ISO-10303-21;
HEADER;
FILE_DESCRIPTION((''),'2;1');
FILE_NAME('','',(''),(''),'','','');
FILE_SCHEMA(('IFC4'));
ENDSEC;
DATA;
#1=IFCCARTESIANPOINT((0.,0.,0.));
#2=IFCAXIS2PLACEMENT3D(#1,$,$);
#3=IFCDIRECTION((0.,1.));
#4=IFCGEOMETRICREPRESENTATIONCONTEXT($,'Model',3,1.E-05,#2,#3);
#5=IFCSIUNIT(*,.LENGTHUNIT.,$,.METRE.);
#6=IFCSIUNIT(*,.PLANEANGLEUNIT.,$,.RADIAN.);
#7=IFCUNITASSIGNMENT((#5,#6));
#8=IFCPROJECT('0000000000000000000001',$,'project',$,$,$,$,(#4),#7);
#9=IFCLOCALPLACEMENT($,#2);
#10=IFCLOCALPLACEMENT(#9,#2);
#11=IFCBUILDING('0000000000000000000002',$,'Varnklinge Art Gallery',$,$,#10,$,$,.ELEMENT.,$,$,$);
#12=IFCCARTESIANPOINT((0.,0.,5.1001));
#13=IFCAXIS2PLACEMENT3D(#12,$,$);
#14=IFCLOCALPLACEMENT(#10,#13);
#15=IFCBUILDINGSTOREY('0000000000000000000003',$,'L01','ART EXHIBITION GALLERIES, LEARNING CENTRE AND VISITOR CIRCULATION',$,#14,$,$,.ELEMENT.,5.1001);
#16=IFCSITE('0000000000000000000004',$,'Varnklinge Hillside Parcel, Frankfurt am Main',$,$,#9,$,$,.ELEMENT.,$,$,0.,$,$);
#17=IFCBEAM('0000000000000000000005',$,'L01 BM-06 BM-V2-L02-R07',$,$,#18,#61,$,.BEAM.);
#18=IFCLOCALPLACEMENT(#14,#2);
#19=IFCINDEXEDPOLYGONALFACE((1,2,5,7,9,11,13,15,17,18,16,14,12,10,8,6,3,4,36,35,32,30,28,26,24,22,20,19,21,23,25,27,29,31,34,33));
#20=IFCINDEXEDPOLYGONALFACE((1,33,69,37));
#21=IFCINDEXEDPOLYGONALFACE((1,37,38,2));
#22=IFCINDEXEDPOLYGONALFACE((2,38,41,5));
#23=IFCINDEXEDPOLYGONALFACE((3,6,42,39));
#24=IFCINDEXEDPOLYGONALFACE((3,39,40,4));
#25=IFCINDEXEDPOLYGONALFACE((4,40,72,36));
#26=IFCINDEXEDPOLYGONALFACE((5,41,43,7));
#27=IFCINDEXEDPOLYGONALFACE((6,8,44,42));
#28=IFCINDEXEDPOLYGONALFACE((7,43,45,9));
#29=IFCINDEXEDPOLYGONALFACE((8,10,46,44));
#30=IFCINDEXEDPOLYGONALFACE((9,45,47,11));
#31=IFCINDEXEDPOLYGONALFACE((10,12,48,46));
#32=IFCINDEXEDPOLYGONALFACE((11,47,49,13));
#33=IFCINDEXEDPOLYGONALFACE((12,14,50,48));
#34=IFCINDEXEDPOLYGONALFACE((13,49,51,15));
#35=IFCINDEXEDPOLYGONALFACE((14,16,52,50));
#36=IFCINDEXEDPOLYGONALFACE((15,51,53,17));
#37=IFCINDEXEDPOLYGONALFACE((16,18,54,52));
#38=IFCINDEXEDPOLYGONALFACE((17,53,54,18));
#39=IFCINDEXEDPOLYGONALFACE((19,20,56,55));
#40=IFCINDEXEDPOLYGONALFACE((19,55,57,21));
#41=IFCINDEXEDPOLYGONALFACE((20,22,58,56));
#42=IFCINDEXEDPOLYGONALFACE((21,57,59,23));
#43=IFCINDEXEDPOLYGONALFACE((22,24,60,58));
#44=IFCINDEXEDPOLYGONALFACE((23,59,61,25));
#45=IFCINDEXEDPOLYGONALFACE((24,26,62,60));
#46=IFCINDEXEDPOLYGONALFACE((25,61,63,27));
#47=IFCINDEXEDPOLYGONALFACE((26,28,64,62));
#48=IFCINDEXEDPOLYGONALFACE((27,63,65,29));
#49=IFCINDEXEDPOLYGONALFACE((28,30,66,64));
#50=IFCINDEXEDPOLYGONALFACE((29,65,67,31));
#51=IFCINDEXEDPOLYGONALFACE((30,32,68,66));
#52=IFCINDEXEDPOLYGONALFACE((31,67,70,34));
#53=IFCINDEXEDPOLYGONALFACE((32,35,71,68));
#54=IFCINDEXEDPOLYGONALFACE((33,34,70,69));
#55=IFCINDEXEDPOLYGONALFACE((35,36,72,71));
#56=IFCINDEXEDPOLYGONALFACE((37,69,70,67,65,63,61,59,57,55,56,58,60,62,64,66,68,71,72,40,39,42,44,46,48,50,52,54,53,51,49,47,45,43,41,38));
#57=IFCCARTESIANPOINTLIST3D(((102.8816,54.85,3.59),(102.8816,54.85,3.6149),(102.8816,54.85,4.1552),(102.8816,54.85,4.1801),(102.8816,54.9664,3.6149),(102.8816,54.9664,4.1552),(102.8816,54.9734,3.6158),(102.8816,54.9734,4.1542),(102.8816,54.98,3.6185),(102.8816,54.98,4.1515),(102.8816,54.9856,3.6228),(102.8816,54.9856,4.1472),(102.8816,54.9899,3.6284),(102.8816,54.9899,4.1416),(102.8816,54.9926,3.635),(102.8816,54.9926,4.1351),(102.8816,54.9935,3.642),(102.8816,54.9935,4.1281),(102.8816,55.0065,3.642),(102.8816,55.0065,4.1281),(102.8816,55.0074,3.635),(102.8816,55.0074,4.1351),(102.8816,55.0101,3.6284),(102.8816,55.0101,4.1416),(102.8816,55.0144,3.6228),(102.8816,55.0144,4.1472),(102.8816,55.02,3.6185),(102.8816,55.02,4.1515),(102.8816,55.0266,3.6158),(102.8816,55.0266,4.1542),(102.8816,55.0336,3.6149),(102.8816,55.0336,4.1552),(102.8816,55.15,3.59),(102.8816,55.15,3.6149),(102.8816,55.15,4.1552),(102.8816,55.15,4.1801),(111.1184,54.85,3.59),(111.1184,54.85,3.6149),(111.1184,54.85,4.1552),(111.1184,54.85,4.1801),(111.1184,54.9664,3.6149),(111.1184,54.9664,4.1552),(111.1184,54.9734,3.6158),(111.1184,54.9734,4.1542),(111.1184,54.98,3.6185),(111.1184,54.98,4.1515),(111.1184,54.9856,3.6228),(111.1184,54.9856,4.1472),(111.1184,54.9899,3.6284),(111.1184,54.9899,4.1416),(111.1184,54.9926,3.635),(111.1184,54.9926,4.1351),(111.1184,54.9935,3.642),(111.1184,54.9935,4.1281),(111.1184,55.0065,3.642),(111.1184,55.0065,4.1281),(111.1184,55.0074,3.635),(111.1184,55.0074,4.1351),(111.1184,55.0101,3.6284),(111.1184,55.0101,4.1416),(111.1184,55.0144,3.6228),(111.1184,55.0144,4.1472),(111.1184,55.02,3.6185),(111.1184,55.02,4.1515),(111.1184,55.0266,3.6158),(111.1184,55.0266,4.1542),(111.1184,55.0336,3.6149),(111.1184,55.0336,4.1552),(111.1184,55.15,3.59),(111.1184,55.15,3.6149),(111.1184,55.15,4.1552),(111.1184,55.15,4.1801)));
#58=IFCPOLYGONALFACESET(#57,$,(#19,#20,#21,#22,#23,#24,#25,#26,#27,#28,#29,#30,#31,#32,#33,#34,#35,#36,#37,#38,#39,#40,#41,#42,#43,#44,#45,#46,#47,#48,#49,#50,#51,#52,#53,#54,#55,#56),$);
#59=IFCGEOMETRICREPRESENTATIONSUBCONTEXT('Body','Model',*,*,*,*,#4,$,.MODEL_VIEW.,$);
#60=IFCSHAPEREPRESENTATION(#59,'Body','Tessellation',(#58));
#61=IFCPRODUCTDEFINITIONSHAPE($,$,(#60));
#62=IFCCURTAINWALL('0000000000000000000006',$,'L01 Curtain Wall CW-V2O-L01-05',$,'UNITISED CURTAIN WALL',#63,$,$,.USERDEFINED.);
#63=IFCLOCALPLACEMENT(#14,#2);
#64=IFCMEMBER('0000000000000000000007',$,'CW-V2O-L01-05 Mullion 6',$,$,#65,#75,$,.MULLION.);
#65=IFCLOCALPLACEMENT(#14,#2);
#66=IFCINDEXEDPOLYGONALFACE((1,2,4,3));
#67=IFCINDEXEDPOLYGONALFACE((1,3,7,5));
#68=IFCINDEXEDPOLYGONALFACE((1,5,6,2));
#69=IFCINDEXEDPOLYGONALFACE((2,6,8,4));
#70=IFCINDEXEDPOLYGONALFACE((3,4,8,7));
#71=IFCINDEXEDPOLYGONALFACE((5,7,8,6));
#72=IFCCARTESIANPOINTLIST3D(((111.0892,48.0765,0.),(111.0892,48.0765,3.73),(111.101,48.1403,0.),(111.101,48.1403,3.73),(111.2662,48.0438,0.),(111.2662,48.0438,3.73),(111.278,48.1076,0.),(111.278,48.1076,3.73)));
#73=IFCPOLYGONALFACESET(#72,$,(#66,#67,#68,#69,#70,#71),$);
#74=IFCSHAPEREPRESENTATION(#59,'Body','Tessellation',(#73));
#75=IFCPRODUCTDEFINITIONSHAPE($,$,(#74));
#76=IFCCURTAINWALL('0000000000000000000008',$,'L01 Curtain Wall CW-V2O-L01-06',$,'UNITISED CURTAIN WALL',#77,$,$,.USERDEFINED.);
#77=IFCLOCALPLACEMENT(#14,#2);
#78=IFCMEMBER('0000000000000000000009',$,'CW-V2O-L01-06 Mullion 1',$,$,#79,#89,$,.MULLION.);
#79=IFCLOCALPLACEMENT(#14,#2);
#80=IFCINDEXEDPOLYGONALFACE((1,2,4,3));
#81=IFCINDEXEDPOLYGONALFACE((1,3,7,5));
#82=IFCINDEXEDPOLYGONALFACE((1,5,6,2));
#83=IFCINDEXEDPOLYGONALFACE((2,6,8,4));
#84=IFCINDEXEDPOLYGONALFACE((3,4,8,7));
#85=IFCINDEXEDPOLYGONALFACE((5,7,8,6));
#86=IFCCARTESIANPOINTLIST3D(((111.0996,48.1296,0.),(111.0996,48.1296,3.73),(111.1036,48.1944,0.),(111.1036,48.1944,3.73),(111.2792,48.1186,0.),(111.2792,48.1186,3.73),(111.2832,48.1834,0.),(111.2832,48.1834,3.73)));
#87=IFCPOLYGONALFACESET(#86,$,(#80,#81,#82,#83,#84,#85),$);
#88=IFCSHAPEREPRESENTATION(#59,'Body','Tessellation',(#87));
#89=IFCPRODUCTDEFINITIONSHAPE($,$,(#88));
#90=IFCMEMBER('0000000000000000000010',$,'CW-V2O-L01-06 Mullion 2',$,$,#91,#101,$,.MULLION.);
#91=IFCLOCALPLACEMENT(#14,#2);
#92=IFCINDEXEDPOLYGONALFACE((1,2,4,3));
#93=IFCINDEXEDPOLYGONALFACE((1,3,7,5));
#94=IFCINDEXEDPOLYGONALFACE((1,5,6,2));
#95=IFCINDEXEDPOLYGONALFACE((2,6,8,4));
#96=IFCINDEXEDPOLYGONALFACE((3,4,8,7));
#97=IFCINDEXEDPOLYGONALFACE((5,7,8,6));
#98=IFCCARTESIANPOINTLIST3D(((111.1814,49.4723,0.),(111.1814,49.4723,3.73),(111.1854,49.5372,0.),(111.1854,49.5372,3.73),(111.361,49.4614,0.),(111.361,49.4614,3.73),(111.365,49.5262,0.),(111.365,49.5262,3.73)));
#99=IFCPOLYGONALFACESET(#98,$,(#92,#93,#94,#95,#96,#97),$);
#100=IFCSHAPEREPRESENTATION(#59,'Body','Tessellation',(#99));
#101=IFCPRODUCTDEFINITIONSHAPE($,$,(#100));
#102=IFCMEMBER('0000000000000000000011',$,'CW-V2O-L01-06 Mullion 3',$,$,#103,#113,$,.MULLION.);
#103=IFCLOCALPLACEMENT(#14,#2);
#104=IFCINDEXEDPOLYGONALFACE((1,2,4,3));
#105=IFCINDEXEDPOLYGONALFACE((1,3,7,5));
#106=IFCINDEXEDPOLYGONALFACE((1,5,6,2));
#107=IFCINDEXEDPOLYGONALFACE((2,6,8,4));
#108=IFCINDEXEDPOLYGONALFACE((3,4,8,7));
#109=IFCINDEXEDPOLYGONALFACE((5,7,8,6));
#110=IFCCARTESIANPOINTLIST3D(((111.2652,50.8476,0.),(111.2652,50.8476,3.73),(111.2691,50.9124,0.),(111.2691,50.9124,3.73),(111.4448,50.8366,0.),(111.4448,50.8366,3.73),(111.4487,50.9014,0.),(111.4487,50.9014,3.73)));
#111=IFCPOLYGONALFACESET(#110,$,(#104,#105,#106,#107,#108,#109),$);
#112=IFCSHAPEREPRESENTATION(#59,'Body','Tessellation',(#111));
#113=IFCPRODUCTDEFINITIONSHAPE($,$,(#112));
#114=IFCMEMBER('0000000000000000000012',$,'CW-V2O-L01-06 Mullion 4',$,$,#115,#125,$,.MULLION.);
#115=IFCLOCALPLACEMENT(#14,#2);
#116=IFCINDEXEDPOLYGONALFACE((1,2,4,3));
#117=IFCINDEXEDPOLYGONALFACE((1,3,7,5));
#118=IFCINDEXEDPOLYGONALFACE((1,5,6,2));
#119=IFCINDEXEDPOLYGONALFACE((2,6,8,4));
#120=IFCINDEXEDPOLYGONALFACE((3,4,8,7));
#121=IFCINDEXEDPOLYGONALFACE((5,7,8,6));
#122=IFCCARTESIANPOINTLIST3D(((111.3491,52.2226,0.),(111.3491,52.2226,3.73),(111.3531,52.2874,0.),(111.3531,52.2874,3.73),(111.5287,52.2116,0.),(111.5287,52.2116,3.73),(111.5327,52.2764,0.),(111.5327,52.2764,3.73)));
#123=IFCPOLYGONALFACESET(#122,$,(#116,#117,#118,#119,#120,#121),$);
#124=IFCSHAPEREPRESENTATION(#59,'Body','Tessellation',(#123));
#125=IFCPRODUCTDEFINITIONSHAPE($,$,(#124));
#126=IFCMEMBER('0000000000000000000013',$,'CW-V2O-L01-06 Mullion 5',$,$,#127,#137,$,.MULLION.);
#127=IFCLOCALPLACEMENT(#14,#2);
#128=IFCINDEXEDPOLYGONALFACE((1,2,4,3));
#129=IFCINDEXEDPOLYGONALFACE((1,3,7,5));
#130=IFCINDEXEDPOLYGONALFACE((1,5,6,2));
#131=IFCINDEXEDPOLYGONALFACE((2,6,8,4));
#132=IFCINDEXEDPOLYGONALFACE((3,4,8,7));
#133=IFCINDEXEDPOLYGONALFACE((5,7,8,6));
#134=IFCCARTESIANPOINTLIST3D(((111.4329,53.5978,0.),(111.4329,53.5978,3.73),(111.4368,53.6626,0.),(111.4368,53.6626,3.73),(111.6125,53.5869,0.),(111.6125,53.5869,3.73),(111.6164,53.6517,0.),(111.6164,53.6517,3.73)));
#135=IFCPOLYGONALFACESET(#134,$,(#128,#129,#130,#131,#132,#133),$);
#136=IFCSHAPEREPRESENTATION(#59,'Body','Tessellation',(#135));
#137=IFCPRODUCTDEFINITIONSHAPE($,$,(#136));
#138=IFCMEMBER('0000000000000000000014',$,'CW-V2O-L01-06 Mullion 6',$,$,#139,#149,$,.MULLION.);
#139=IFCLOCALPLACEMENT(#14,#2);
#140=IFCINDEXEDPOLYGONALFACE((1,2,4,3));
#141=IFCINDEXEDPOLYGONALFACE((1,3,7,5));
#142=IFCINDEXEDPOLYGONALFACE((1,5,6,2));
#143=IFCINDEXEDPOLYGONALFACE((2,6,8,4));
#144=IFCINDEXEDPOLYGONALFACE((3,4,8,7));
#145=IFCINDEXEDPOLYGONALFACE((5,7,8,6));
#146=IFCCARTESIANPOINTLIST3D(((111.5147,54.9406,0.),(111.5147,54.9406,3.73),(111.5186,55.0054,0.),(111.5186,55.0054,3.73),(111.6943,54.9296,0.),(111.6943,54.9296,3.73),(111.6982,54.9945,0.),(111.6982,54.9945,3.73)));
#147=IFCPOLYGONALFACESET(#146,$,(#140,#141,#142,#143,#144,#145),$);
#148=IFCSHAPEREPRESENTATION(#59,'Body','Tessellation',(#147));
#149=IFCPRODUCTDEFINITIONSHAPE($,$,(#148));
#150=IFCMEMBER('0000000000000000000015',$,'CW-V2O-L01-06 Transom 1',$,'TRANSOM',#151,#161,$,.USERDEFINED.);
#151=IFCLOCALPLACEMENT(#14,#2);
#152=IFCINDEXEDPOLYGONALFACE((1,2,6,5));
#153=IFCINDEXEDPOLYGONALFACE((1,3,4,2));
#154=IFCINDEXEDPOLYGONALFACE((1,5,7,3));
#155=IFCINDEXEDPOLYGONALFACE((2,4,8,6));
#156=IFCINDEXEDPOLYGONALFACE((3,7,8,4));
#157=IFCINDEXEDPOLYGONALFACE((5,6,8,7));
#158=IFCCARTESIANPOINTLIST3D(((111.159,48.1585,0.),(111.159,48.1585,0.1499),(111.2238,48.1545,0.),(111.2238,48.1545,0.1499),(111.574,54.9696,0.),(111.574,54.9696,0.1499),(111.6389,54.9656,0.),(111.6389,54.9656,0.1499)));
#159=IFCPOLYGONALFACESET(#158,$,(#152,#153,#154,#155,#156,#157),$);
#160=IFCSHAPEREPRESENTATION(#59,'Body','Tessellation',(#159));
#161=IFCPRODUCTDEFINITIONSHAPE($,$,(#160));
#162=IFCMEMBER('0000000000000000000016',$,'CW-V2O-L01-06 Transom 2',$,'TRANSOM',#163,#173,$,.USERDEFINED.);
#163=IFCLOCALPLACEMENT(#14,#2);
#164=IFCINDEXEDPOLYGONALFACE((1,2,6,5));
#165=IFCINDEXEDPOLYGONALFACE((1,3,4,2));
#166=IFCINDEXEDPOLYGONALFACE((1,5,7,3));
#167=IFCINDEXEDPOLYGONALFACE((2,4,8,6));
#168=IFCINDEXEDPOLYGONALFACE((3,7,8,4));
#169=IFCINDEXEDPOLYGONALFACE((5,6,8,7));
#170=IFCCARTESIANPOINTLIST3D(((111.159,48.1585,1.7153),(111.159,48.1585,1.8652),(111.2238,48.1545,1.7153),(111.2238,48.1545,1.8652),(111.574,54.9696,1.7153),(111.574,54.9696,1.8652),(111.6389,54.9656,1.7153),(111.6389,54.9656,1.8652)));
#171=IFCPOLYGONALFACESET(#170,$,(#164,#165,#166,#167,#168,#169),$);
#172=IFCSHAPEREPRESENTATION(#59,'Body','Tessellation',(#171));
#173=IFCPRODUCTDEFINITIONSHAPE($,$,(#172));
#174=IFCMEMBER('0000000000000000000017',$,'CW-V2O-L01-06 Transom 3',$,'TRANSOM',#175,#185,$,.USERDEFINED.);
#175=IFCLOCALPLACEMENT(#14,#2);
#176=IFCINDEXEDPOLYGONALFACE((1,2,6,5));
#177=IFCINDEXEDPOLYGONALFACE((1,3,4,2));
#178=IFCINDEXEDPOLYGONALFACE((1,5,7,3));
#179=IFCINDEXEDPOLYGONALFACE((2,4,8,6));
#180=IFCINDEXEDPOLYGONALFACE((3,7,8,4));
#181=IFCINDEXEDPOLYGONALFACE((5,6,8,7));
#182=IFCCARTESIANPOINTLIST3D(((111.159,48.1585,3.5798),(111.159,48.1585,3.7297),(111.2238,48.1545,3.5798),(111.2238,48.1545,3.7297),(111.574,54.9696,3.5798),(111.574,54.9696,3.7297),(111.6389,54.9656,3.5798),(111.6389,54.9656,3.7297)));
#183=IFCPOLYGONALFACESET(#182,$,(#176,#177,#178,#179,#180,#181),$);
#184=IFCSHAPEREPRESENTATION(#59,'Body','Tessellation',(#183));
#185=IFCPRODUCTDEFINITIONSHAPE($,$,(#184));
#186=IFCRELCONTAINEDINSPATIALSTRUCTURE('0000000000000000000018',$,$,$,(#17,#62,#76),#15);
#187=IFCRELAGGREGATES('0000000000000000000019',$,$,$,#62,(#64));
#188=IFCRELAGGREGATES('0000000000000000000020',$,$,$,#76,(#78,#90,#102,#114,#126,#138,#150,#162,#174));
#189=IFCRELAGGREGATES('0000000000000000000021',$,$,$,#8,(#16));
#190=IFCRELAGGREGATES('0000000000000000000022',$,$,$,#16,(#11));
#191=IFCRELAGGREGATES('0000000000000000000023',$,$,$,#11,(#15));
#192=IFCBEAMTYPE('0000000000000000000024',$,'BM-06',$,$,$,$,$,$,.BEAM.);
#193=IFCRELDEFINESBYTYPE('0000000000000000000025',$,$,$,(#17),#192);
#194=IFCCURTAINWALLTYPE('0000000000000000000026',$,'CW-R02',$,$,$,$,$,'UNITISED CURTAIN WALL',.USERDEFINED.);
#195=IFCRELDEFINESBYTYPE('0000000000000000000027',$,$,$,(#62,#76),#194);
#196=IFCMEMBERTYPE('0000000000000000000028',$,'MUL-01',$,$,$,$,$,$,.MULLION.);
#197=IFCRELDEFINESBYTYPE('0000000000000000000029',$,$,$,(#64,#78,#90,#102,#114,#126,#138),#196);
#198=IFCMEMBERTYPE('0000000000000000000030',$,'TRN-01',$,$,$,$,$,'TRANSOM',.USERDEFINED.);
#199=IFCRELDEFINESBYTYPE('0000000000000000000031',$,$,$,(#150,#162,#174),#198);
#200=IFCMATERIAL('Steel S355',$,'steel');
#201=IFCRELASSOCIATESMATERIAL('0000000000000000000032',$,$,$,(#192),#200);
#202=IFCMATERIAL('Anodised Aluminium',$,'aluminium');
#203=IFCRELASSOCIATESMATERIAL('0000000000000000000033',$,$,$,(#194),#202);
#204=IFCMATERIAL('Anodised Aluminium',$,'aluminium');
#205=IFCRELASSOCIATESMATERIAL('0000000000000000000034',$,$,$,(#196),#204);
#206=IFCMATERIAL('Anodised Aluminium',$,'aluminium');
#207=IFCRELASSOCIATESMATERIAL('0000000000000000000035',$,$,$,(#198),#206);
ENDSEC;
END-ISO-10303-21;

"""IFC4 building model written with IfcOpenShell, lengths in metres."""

from ifc_helpers import new_model, si_unit, direction, frame, origin, origin_2d, place, context, subcontext, project, spatial, rectangle, i_section, extrude, material, material_profile, profile_set, type_object, element, aggregate, save


model = new_model("IFC4")

# Units and contexts
model_context = context("Model", 3, precision=1e-05, world=origin(), true_north=direction((0.0, 1.0)))
body_context = subcontext(model_context, "Body", "Model", "MODEL_VIEW")
ifc_project = project(units=[si_unit("LENGTHUNIT", "METRE"), si_unit("PLANEANGLEUNIT", "RADIAN")], contexts=[model_context])

# Site, building, storey
site_placement = place(None, origin())
site = spatial("IfcSite", under=ifc_project, at=site_placement, Name="Varnklinge Hillside Parcel, Frankfurt am Main", CompositionType="ELEMENT", RefElevation=0.0)
building_placement = place(site_placement, origin())
building = spatial("IfcBuilding", under=site, at=building_placement, Name="Varnklinge Art Gallery", CompositionType="ELEMENT")
storey_placement = place(building_placement, frame((0.0, 0.0, 5.1001)))
storey = spatial("IfcBuildingStorey", under=building, at=storey_placement, Name="L01", Description="ART EXHIBITION GALLERIES, LEARNING CENTRE AND VISITOR CIRCULATION", CompositionType="ELEMENT", Elevation=5.1001)

# Beam
ifc_material_1 = material(Name="Steel S355", Category="steel")
ifc_material_profile_1 = material_profile(ifc_material_1, i_section(OverallWidth=0.3, OverallDepth=0.5901, WebThickness=0.0129, FlangeThickness=0.0249, FilletRadius=0.0271, at=origin_2d()), Name="HEA 600")
ifc_profile_set_1 = profile_set([ifc_material_profile_1], Name="Steel S355")
beam_type = type_object("IfcBeamType", Name="BM-06", PredefinedType="BEAM", material=ifc_profile_set_1)
beam_placement = place(storey_placement, frame((111.1184, 55.0, 3.885), z_axis=(-1.0, 0.0, 0.0), x_axis=(0.0, -1.0, 0.0)))
element("IfcBeam", 1, at=beam_placement, inside=storey, type_object=beam_type, Name="L01 BM-06 BM-V2-L02-R07", PredefinedType="BEAM", context=body_context, shape_type="SweptSolid", body=[
    extrude(i_section(OverallWidth=0.3, OverallDepth=0.5901, WebThickness=0.0129, FlangeThickness=0.0249, FilletRadius=0.0271, at=origin_2d()), origin(), (0.0, 0.0, 1.0), 8.2368),
])

# Curtain wall, member
ifc_material_2 = material(Name="Anodised Aluminium", Category="aluminium")
curtain_wall_type = type_object("IfcCurtainWallType", Name="CW-R02", ElementType="UNITISED CURTAIN WALL", PredefinedType="USERDEFINED", material=ifc_material_2)
curtain_wall_1_placement = place(storey_placement, origin())
curtain_wall_1 = element("IfcCurtainWall", 2, at=curtain_wall_1_placement, inside=storey, type_object=curtain_wall_type, Name="L01 Curtain Wall CW-V2O-L01-05", ObjectType="UNITISED CURTAIN WALL", PredefinedType="USERDEFINED")
ifc_material_3 = material(Name="Anodised Aluminium", Category="aluminium")
ifc_material_profile_2 = material_profile(ifc_material_3, rectangle(XDim=0.0649, YDim=0.1799, at=origin_2d()), Name="ALU 65x180")
ifc_profile_set_2 = profile_set([ifc_material_profile_2], Name="Anodised Aluminium")
member_type_1 = type_object("IfcMemberType", Name="MUL-01", PredefinedType="MULLION", material=ifc_profile_set_2)
member_1_placement = place(storey_placement, frame((111.1836, 48.092, 0.0), z_axis=(0.0, 0.0, 1.0), x_axis=(0.181721, 0.98335, 0.0)))
member_1 = element("IfcMember", 3, at=member_1_placement, type_object=member_type_1, Name="CW-V2O-L01-05 Mullion 6", PredefinedType="MULLION", context=body_context, shape_type="SweptSolid", body=[
    extrude(rectangle(XDim=0.0649, YDim=0.1799, at=origin_2d()), origin(), (0.0, 0.0, 1.0), 3.73),
])

# Curtain wall, members
curtain_wall_2_placement = place(storey_placement, origin())
curtain_wall_2 = element("IfcCurtainWall", 4, at=curtain_wall_2_placement, inside=storey, type_object=curtain_wall_type, Name="L01 Curtain Wall CW-V2O-L01-06", ObjectType="UNITISED CURTAIN WALL", PredefinedType="USERDEFINED")
member_2_placement = place(storey_placement, frame((111.1914, 48.1565, 0.0), z_axis=(0.0, 0.0, 1.0), x_axis=(0.060874, 0.998145, 0.0)))
member_2 = element("IfcMember", 5, at=member_2_placement, type_object=member_type_1, Name="CW-V2O-L01-06 Mullion 1", PredefinedType="MULLION", context=body_context, shape_type="SweptSolid", body=[
    extrude(rectangle(XDim=0.0649, YDim=0.1799, at=origin_2d()), origin(), (0.0, 0.0, 1.0), 3.73),
])
member_3_placement = place(storey_placement, frame((111.2732, 49.4993, 0.0), z_axis=(0.0, 0.0, 1.0), x_axis=(0.060874, 0.998145, 0.0)))
member_3 = element("IfcMember", 6, at=member_3_placement, type_object=member_type_1, Name="CW-V2O-L01-06 Mullion 2", PredefinedType="MULLION", context=body_context, shape_type="SweptSolid", body=[
    extrude(rectangle(XDim=0.0649, YDim=0.1799, at=origin_2d()), origin(), (0.0, 0.0, 1.0), 3.73),
])
member_4_placement = place(storey_placement, frame((111.3569, 50.8745, 0.0), z_axis=(0.0, 0.0, 1.0), x_axis=(0.060874, 0.998145, 0.0)))
member_4 = element("IfcMember", 7, at=member_4_placement, type_object=member_type_1, Name="CW-V2O-L01-06 Mullion 3", PredefinedType="MULLION", context=body_context, shape_type="SweptSolid", body=[
    extrude(rectangle(XDim=0.0649, YDim=0.1799, at=origin_2d()), origin(), (0.0, 0.0, 1.0), 3.73),
])
member_5_placement = place(storey_placement, frame((111.4409, 52.2495, 0.0), z_axis=(0.0, 0.0, 1.0), x_axis=(0.060874, 0.998145, 0.0)))
member_5 = element("IfcMember", 8, at=member_5_placement, type_object=member_type_1, Name="CW-V2O-L01-06 Mullion 4", PredefinedType="MULLION", context=body_context, shape_type="SweptSolid", body=[
    extrude(rectangle(XDim=0.0649, YDim=0.1799, at=origin_2d()), origin(), (0.0, 0.0, 1.0), 3.73),
])
member_6_placement = place(storey_placement, frame((111.5247, 53.6248, 0.0), z_axis=(0.0, 0.0, 1.0), x_axis=(0.060874, 0.998145, 0.0)))
member_6 = element("IfcMember", 9, at=member_6_placement, type_object=member_type_1, Name="CW-V2O-L01-06 Mullion 5", PredefinedType="MULLION", context=body_context, shape_type="SweptSolid", body=[
    extrude(rectangle(XDim=0.0649, YDim=0.1799, at=origin_2d()), origin(), (0.0, 0.0, 1.0), 3.73),
])
member_7_placement = place(storey_placement, frame((111.6064, 54.9675, 0.0), z_axis=(0.0, 0.0, 1.0), x_axis=(0.060874, 0.998145, 0.0)))
member_7 = element("IfcMember", 10, at=member_7_placement, type_object=member_type_1, Name="CW-V2O-L01-06 Mullion 6", PredefinedType="MULLION", context=body_context, shape_type="SweptSolid", body=[
    extrude(rectangle(XDim=0.0649, YDim=0.1799, at=origin_2d()), origin(), (0.0, 0.0, 1.0), 3.73),
])
ifc_material_4 = material(Name="Anodised Aluminium", Category="aluminium")
ifc_material_profile_3 = material_profile(ifc_material_4, rectangle(XDim=0.0649, YDim=0.1499, at=origin_2d()), Name="ALU 65x150")
ifc_profile_set_3 = profile_set([ifc_material_profile_3], Name="Anodised Aluminium")
member_type_2 = type_object("IfcMemberType", Name="TRN-01", ElementType="TRANSOM", PredefinedType="USERDEFINED", material=ifc_profile_set_3)
member_8_placement = place(storey_placement, frame((111.1914, 48.1565, 0.075), z_axis=(0.060823, 0.998149, 0.0), x_axis=(-0.998149, 0.060823, 0.0)))
member_8 = element("IfcMember", 11, at=member_8_placement, type_object=member_type_2, Name="CW-V2O-L01-06 Transom 1", ObjectType="TRANSOM", PredefinedType="USERDEFINED", context=body_context, shape_type="SweptSolid", body=[
    extrude(rectangle(XDim=0.0649, YDim=0.1499, at=origin_2d()), origin(), (0.0, 0.0, 1.0), 6.8237),
])
member_9_placement = place(storey_placement, frame((111.1914, 48.1565, 1.7903), z_axis=(0.060823, 0.998149, 0.0), x_axis=(-0.998149, 0.060823, 0.0)))
member_9 = element("IfcMember", 12, at=member_9_placement, type_object=member_type_2, Name="CW-V2O-L01-06 Transom 2", ObjectType="TRANSOM", PredefinedType="USERDEFINED", context=body_context, shape_type="SweptSolid", body=[
    extrude(rectangle(XDim=0.0649, YDim=0.1499, at=origin_2d()), origin(), (0.0, 0.0, 1.0), 6.8237),
])
member_10_placement = place(storey_placement, frame((111.1914, 48.1565, 3.6548), z_axis=(0.060823, 0.998149, 0.0), x_axis=(-0.998149, 0.060823, 0.0)))
member_10 = element("IfcMember", 13, at=member_10_placement, type_object=member_type_2, Name="CW-V2O-L01-06 Transom 3", ObjectType="TRANSOM", PredefinedType="USERDEFINED", context=body_context, shape_type="SweptSolid", body=[
    extrude(rectangle(XDim=0.0649, YDim=0.1499, at=origin_2d()), origin(), (0.0, 0.0, 1.0), 6.8237),
])

aggregate(curtain_wall_1, [member_1])
aggregate(curtain_wall_2, [member_2, member_3, member_4, member_5, member_6, member_7, member_8, member_9, member_10])

save(model, "model.ifc")
